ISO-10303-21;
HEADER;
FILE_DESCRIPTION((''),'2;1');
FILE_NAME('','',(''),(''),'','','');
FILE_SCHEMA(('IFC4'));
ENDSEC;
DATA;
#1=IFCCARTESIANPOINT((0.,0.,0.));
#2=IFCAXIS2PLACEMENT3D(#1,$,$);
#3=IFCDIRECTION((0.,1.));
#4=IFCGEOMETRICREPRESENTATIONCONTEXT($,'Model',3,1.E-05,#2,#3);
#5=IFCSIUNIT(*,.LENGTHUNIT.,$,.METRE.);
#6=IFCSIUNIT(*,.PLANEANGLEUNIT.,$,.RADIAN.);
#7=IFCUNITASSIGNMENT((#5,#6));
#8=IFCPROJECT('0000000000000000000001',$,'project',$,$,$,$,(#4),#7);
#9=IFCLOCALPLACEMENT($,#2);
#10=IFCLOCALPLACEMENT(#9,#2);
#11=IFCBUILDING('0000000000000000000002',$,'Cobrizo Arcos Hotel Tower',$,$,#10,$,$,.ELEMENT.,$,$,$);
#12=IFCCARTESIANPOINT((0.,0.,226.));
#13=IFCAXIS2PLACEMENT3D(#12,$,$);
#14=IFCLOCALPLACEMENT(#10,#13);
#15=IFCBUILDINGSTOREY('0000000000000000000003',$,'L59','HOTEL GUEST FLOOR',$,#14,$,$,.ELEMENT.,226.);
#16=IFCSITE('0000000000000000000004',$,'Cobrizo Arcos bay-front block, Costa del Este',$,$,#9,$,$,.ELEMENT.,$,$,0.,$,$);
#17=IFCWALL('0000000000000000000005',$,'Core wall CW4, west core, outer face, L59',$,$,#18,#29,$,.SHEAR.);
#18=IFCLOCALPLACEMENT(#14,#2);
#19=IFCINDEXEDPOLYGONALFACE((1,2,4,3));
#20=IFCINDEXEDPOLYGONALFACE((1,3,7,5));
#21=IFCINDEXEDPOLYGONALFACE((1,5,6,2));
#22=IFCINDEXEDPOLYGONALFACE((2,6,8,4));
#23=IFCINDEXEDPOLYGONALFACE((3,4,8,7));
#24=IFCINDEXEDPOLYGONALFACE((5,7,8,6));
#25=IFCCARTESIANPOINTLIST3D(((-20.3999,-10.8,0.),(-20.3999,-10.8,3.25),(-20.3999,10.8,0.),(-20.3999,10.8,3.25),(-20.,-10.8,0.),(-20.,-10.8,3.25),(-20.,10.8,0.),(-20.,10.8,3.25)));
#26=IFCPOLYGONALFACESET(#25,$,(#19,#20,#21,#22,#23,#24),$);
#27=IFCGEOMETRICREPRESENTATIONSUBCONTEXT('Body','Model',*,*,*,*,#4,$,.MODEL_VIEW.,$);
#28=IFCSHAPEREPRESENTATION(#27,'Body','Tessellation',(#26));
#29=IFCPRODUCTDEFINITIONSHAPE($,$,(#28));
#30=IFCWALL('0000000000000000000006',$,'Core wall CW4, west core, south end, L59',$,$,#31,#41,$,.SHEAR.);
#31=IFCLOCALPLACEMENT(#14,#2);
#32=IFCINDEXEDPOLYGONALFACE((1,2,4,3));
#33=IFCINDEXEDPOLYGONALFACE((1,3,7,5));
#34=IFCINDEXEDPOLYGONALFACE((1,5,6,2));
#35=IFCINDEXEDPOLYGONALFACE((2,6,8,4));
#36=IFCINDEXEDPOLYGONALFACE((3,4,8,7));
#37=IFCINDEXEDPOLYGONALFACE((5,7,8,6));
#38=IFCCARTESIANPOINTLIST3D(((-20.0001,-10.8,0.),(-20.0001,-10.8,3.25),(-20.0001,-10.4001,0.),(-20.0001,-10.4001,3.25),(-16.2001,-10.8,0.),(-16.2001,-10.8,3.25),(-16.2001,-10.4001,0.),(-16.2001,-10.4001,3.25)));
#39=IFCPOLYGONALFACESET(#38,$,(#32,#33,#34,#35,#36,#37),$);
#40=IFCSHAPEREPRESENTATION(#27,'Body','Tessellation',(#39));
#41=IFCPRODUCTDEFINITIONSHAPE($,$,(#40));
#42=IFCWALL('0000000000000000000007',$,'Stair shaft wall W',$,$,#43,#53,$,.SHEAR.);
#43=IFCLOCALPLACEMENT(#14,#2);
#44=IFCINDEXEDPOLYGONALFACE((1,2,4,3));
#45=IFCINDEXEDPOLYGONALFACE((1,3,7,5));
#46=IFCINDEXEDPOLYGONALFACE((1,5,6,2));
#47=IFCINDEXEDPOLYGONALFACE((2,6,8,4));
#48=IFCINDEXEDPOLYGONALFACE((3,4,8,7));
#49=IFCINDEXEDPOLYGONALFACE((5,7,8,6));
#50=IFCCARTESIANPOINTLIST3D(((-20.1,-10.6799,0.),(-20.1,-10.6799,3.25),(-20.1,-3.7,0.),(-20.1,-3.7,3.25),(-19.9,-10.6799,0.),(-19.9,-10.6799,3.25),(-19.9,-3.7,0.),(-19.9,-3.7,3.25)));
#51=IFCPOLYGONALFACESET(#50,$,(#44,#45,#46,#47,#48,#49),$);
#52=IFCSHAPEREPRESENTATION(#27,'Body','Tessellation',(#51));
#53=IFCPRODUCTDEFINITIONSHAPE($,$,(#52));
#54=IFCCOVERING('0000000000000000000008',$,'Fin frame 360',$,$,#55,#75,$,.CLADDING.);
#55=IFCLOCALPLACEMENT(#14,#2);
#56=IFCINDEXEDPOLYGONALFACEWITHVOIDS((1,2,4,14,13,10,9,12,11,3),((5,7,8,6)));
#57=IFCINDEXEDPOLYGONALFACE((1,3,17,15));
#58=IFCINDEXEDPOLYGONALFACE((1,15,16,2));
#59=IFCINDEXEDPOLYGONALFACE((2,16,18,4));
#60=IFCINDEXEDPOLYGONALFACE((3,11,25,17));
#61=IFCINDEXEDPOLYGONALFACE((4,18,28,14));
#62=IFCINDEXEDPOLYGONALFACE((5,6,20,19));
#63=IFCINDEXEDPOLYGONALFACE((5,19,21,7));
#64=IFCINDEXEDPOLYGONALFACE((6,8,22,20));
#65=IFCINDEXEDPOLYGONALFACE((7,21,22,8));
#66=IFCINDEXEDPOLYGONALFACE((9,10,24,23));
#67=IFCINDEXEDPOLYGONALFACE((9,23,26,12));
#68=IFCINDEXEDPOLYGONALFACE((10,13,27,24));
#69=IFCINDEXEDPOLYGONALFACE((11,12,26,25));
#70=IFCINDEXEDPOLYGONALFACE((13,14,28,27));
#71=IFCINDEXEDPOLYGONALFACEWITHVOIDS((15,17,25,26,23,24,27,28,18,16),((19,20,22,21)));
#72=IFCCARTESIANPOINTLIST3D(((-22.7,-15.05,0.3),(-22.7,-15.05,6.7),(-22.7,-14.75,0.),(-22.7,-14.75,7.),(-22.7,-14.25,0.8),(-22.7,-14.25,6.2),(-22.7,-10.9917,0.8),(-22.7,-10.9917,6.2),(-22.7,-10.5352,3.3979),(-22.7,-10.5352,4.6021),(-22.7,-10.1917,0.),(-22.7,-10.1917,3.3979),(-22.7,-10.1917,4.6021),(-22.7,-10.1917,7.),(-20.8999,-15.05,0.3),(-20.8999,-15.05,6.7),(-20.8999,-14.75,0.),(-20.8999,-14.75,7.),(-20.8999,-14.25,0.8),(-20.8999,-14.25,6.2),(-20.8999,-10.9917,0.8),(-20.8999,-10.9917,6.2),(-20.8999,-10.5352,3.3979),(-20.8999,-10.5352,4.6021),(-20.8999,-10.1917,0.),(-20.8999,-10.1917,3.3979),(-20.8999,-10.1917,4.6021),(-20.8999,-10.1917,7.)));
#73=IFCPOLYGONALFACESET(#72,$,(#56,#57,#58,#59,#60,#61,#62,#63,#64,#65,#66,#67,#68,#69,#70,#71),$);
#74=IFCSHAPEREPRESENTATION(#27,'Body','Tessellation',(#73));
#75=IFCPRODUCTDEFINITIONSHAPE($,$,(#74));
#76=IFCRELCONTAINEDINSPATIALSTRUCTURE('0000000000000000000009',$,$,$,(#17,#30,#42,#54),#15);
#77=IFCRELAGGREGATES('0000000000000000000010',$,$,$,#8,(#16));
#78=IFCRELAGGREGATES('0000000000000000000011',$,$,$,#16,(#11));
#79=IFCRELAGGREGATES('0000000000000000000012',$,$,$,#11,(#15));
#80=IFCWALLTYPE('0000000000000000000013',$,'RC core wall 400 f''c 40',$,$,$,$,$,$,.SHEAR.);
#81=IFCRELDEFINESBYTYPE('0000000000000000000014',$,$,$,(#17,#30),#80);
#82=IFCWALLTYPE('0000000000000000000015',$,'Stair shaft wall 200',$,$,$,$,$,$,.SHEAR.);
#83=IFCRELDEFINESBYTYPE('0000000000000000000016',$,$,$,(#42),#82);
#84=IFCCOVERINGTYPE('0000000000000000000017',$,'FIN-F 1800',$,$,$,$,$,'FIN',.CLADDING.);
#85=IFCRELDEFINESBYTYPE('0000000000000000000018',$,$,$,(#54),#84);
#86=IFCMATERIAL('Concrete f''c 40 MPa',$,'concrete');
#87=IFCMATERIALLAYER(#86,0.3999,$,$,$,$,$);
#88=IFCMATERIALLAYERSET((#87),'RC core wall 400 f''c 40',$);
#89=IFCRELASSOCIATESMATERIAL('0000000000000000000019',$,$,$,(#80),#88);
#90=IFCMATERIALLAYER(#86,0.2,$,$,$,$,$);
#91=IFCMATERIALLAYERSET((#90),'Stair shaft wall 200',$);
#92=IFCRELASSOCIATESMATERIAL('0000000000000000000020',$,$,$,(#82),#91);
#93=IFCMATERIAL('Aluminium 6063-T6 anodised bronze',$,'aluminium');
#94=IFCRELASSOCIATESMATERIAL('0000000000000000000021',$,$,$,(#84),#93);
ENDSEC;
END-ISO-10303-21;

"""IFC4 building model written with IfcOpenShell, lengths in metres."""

from ifc_helpers import new_model, si_unit, direction, frame, frame_2d, origin, place, context, subcontext, project, spatial, polyline, rectangle, outline, extrude, material, layer, layer_set, type_object, element, save


model = new_model("IFC4")

# Units and contexts
model_context = context("Model", 3, precision=1e-05, world=origin(), true_north=direction((0.0, 1.0)))
body_context = subcontext(model_context, "Body", "Model", "MODEL_VIEW")
ifc_project = project(units=[si_unit("LENGTHUNIT", "METRE"), si_unit("PLANEANGLEUNIT", "RADIAN")], contexts=[model_context])

# Site, building, storey
site_placement = place(None, origin())
site = spatial("IfcSite", under=ifc_project, at=site_placement, Name="Cobrizo Arcos bay-front block, Costa del Este", CompositionType="ELEMENT", RefElevation=0.0)
building_placement = place(site_placement, origin())
building = spatial("IfcBuilding", under=site, at=building_placement, Name="Cobrizo Arcos Hotel Tower", CompositionType="ELEMENT")
storey_placement = place(building_placement, frame((0.0, 0.0, 226.0)))
storey = spatial("IfcBuildingStorey", under=building, at=storey_placement, Name="L59", Description="HOTEL GUEST FLOOR", CompositionType="ELEMENT", Elevation=226.0)

# Shared definitions
ifc_material_1 = material(Name="Aluminium 6063-T6 anodised bronze", Category="aluminium")

# Shared definitions
ifc_material_2 = material(Name="Concrete f'c 40 MPa", Category="concrete")
ifc_layer_1 = layer(ifc_material_2, 0.3999)
ifc_layer_set_1 = layer_set([ifc_layer_1], Name="RC core wall 400 f'c 40")
wall_type_1 = type_object("IfcWallType", Name="RC core wall 400 f'c 40", PredefinedType="SHEAR", material=ifc_layer_set_1)

# Walls
wall_1_placement = place(storey_placement, frame((-20.2, -10.8, 0.0), z_axis=(0.0, 0.0, 1.0), x_axis=(0.0, 1.0, 0.0)))
element("IfcWall", 1, at=wall_1_placement, inside=storey, type_object=wall_type_1, Name="Core wall CW4, west core, outer face, L59", PredefinedType="SHEAR", context=body_context, shape_type="SweptSolid", body=[
    extrude(rectangle(XDim=21.6001, YDim=0.3999, at=frame_2d((10.8, 0.0))), origin(), (0.0, 0.0, 1.0), 3.25),
])
wall_2_placement = place(storey_placement, frame((-20.0, -10.6001, 0.0), z_axis=(0.0, 0.0, 1.0), x_axis=(1.0, 0.0, 0.0)))
element("IfcWall", 2, at=wall_2_placement, inside=storey, type_object=wall_type_1, Name="Core wall CW4, west core, south end, L59", PredefinedType="SHEAR", context=body_context, shape_type="SweptSolid", body=[
    extrude(rectangle(XDim=3.8, YDim=0.3999, at=frame_2d((1.8999, 0.0))), origin(), (0.0, 0.0, 1.0), 3.25),
])
ifc_layer_2 = layer(ifc_material_2, 0.2)
ifc_layer_set_2 = layer_set([ifc_layer_2], Name="Stair shaft wall 200")
wall_type_2 = type_object("IfcWallType", Name="Stair shaft wall 200", PredefinedType="SHEAR", material=ifc_layer_set_2)
wall_3_placement = place(storey_placement, frame((-20.0, -10.6799, 0.0), z_axis=(0.0, 0.0, 1.0), x_axis=(0.0, 1.0, 0.0)))
element("IfcWall", 3, at=wall_3_placement, inside=storey, type_object=wall_type_2, Name="Stair shaft wall W", PredefinedType="SHEAR", context=body_context, shape_type="SweptSolid", body=[
    extrude(rectangle(XDim=6.98, YDim=0.2, at=frame_2d((3.49, 0.0))), origin(), (0.0, 0.0, 1.0), 3.25),
])

# Covering
covering_type = type_object("IfcCoveringType", Name="FIN-F 1800", ElementType="FIN", PredefinedType="CLADDING", material=ifc_material_1)
covering_placement = place(storey_placement, frame((-20.8999, -10.1917, 0.0), z_axis=(-1.0, 0.0, 0.0), x_axis=(0.0, -1.0, 0.0)))
element("IfcCovering", 4, at=covering_placement, inside=storey, type_object=covering_type, Name="Fin frame 360", PredefinedType="CLADDING", context=body_context, shape_type="SweptSolid", body=[
    extrude(outline(polyline([(0.0, 7.0), (0.0, 4.6021), (0.3435, 4.6021), (0.3435, 3.3979), (0.0, 3.3979), (0.0, 0.0), (4.5583, 0.0), (4.8584, 0.3), (4.8584, 6.7), (4.5583, 7.0), (0.0, 7.0)]), holes=[polyline([(4.0583, 0.8), (0.8, 0.8), (0.8, 6.2), (4.0583, 6.2), (4.0583, 0.8)])]), origin(), (0.0, 0.0, 1.0), 1.8),
])

save(model, "model.ifc")
